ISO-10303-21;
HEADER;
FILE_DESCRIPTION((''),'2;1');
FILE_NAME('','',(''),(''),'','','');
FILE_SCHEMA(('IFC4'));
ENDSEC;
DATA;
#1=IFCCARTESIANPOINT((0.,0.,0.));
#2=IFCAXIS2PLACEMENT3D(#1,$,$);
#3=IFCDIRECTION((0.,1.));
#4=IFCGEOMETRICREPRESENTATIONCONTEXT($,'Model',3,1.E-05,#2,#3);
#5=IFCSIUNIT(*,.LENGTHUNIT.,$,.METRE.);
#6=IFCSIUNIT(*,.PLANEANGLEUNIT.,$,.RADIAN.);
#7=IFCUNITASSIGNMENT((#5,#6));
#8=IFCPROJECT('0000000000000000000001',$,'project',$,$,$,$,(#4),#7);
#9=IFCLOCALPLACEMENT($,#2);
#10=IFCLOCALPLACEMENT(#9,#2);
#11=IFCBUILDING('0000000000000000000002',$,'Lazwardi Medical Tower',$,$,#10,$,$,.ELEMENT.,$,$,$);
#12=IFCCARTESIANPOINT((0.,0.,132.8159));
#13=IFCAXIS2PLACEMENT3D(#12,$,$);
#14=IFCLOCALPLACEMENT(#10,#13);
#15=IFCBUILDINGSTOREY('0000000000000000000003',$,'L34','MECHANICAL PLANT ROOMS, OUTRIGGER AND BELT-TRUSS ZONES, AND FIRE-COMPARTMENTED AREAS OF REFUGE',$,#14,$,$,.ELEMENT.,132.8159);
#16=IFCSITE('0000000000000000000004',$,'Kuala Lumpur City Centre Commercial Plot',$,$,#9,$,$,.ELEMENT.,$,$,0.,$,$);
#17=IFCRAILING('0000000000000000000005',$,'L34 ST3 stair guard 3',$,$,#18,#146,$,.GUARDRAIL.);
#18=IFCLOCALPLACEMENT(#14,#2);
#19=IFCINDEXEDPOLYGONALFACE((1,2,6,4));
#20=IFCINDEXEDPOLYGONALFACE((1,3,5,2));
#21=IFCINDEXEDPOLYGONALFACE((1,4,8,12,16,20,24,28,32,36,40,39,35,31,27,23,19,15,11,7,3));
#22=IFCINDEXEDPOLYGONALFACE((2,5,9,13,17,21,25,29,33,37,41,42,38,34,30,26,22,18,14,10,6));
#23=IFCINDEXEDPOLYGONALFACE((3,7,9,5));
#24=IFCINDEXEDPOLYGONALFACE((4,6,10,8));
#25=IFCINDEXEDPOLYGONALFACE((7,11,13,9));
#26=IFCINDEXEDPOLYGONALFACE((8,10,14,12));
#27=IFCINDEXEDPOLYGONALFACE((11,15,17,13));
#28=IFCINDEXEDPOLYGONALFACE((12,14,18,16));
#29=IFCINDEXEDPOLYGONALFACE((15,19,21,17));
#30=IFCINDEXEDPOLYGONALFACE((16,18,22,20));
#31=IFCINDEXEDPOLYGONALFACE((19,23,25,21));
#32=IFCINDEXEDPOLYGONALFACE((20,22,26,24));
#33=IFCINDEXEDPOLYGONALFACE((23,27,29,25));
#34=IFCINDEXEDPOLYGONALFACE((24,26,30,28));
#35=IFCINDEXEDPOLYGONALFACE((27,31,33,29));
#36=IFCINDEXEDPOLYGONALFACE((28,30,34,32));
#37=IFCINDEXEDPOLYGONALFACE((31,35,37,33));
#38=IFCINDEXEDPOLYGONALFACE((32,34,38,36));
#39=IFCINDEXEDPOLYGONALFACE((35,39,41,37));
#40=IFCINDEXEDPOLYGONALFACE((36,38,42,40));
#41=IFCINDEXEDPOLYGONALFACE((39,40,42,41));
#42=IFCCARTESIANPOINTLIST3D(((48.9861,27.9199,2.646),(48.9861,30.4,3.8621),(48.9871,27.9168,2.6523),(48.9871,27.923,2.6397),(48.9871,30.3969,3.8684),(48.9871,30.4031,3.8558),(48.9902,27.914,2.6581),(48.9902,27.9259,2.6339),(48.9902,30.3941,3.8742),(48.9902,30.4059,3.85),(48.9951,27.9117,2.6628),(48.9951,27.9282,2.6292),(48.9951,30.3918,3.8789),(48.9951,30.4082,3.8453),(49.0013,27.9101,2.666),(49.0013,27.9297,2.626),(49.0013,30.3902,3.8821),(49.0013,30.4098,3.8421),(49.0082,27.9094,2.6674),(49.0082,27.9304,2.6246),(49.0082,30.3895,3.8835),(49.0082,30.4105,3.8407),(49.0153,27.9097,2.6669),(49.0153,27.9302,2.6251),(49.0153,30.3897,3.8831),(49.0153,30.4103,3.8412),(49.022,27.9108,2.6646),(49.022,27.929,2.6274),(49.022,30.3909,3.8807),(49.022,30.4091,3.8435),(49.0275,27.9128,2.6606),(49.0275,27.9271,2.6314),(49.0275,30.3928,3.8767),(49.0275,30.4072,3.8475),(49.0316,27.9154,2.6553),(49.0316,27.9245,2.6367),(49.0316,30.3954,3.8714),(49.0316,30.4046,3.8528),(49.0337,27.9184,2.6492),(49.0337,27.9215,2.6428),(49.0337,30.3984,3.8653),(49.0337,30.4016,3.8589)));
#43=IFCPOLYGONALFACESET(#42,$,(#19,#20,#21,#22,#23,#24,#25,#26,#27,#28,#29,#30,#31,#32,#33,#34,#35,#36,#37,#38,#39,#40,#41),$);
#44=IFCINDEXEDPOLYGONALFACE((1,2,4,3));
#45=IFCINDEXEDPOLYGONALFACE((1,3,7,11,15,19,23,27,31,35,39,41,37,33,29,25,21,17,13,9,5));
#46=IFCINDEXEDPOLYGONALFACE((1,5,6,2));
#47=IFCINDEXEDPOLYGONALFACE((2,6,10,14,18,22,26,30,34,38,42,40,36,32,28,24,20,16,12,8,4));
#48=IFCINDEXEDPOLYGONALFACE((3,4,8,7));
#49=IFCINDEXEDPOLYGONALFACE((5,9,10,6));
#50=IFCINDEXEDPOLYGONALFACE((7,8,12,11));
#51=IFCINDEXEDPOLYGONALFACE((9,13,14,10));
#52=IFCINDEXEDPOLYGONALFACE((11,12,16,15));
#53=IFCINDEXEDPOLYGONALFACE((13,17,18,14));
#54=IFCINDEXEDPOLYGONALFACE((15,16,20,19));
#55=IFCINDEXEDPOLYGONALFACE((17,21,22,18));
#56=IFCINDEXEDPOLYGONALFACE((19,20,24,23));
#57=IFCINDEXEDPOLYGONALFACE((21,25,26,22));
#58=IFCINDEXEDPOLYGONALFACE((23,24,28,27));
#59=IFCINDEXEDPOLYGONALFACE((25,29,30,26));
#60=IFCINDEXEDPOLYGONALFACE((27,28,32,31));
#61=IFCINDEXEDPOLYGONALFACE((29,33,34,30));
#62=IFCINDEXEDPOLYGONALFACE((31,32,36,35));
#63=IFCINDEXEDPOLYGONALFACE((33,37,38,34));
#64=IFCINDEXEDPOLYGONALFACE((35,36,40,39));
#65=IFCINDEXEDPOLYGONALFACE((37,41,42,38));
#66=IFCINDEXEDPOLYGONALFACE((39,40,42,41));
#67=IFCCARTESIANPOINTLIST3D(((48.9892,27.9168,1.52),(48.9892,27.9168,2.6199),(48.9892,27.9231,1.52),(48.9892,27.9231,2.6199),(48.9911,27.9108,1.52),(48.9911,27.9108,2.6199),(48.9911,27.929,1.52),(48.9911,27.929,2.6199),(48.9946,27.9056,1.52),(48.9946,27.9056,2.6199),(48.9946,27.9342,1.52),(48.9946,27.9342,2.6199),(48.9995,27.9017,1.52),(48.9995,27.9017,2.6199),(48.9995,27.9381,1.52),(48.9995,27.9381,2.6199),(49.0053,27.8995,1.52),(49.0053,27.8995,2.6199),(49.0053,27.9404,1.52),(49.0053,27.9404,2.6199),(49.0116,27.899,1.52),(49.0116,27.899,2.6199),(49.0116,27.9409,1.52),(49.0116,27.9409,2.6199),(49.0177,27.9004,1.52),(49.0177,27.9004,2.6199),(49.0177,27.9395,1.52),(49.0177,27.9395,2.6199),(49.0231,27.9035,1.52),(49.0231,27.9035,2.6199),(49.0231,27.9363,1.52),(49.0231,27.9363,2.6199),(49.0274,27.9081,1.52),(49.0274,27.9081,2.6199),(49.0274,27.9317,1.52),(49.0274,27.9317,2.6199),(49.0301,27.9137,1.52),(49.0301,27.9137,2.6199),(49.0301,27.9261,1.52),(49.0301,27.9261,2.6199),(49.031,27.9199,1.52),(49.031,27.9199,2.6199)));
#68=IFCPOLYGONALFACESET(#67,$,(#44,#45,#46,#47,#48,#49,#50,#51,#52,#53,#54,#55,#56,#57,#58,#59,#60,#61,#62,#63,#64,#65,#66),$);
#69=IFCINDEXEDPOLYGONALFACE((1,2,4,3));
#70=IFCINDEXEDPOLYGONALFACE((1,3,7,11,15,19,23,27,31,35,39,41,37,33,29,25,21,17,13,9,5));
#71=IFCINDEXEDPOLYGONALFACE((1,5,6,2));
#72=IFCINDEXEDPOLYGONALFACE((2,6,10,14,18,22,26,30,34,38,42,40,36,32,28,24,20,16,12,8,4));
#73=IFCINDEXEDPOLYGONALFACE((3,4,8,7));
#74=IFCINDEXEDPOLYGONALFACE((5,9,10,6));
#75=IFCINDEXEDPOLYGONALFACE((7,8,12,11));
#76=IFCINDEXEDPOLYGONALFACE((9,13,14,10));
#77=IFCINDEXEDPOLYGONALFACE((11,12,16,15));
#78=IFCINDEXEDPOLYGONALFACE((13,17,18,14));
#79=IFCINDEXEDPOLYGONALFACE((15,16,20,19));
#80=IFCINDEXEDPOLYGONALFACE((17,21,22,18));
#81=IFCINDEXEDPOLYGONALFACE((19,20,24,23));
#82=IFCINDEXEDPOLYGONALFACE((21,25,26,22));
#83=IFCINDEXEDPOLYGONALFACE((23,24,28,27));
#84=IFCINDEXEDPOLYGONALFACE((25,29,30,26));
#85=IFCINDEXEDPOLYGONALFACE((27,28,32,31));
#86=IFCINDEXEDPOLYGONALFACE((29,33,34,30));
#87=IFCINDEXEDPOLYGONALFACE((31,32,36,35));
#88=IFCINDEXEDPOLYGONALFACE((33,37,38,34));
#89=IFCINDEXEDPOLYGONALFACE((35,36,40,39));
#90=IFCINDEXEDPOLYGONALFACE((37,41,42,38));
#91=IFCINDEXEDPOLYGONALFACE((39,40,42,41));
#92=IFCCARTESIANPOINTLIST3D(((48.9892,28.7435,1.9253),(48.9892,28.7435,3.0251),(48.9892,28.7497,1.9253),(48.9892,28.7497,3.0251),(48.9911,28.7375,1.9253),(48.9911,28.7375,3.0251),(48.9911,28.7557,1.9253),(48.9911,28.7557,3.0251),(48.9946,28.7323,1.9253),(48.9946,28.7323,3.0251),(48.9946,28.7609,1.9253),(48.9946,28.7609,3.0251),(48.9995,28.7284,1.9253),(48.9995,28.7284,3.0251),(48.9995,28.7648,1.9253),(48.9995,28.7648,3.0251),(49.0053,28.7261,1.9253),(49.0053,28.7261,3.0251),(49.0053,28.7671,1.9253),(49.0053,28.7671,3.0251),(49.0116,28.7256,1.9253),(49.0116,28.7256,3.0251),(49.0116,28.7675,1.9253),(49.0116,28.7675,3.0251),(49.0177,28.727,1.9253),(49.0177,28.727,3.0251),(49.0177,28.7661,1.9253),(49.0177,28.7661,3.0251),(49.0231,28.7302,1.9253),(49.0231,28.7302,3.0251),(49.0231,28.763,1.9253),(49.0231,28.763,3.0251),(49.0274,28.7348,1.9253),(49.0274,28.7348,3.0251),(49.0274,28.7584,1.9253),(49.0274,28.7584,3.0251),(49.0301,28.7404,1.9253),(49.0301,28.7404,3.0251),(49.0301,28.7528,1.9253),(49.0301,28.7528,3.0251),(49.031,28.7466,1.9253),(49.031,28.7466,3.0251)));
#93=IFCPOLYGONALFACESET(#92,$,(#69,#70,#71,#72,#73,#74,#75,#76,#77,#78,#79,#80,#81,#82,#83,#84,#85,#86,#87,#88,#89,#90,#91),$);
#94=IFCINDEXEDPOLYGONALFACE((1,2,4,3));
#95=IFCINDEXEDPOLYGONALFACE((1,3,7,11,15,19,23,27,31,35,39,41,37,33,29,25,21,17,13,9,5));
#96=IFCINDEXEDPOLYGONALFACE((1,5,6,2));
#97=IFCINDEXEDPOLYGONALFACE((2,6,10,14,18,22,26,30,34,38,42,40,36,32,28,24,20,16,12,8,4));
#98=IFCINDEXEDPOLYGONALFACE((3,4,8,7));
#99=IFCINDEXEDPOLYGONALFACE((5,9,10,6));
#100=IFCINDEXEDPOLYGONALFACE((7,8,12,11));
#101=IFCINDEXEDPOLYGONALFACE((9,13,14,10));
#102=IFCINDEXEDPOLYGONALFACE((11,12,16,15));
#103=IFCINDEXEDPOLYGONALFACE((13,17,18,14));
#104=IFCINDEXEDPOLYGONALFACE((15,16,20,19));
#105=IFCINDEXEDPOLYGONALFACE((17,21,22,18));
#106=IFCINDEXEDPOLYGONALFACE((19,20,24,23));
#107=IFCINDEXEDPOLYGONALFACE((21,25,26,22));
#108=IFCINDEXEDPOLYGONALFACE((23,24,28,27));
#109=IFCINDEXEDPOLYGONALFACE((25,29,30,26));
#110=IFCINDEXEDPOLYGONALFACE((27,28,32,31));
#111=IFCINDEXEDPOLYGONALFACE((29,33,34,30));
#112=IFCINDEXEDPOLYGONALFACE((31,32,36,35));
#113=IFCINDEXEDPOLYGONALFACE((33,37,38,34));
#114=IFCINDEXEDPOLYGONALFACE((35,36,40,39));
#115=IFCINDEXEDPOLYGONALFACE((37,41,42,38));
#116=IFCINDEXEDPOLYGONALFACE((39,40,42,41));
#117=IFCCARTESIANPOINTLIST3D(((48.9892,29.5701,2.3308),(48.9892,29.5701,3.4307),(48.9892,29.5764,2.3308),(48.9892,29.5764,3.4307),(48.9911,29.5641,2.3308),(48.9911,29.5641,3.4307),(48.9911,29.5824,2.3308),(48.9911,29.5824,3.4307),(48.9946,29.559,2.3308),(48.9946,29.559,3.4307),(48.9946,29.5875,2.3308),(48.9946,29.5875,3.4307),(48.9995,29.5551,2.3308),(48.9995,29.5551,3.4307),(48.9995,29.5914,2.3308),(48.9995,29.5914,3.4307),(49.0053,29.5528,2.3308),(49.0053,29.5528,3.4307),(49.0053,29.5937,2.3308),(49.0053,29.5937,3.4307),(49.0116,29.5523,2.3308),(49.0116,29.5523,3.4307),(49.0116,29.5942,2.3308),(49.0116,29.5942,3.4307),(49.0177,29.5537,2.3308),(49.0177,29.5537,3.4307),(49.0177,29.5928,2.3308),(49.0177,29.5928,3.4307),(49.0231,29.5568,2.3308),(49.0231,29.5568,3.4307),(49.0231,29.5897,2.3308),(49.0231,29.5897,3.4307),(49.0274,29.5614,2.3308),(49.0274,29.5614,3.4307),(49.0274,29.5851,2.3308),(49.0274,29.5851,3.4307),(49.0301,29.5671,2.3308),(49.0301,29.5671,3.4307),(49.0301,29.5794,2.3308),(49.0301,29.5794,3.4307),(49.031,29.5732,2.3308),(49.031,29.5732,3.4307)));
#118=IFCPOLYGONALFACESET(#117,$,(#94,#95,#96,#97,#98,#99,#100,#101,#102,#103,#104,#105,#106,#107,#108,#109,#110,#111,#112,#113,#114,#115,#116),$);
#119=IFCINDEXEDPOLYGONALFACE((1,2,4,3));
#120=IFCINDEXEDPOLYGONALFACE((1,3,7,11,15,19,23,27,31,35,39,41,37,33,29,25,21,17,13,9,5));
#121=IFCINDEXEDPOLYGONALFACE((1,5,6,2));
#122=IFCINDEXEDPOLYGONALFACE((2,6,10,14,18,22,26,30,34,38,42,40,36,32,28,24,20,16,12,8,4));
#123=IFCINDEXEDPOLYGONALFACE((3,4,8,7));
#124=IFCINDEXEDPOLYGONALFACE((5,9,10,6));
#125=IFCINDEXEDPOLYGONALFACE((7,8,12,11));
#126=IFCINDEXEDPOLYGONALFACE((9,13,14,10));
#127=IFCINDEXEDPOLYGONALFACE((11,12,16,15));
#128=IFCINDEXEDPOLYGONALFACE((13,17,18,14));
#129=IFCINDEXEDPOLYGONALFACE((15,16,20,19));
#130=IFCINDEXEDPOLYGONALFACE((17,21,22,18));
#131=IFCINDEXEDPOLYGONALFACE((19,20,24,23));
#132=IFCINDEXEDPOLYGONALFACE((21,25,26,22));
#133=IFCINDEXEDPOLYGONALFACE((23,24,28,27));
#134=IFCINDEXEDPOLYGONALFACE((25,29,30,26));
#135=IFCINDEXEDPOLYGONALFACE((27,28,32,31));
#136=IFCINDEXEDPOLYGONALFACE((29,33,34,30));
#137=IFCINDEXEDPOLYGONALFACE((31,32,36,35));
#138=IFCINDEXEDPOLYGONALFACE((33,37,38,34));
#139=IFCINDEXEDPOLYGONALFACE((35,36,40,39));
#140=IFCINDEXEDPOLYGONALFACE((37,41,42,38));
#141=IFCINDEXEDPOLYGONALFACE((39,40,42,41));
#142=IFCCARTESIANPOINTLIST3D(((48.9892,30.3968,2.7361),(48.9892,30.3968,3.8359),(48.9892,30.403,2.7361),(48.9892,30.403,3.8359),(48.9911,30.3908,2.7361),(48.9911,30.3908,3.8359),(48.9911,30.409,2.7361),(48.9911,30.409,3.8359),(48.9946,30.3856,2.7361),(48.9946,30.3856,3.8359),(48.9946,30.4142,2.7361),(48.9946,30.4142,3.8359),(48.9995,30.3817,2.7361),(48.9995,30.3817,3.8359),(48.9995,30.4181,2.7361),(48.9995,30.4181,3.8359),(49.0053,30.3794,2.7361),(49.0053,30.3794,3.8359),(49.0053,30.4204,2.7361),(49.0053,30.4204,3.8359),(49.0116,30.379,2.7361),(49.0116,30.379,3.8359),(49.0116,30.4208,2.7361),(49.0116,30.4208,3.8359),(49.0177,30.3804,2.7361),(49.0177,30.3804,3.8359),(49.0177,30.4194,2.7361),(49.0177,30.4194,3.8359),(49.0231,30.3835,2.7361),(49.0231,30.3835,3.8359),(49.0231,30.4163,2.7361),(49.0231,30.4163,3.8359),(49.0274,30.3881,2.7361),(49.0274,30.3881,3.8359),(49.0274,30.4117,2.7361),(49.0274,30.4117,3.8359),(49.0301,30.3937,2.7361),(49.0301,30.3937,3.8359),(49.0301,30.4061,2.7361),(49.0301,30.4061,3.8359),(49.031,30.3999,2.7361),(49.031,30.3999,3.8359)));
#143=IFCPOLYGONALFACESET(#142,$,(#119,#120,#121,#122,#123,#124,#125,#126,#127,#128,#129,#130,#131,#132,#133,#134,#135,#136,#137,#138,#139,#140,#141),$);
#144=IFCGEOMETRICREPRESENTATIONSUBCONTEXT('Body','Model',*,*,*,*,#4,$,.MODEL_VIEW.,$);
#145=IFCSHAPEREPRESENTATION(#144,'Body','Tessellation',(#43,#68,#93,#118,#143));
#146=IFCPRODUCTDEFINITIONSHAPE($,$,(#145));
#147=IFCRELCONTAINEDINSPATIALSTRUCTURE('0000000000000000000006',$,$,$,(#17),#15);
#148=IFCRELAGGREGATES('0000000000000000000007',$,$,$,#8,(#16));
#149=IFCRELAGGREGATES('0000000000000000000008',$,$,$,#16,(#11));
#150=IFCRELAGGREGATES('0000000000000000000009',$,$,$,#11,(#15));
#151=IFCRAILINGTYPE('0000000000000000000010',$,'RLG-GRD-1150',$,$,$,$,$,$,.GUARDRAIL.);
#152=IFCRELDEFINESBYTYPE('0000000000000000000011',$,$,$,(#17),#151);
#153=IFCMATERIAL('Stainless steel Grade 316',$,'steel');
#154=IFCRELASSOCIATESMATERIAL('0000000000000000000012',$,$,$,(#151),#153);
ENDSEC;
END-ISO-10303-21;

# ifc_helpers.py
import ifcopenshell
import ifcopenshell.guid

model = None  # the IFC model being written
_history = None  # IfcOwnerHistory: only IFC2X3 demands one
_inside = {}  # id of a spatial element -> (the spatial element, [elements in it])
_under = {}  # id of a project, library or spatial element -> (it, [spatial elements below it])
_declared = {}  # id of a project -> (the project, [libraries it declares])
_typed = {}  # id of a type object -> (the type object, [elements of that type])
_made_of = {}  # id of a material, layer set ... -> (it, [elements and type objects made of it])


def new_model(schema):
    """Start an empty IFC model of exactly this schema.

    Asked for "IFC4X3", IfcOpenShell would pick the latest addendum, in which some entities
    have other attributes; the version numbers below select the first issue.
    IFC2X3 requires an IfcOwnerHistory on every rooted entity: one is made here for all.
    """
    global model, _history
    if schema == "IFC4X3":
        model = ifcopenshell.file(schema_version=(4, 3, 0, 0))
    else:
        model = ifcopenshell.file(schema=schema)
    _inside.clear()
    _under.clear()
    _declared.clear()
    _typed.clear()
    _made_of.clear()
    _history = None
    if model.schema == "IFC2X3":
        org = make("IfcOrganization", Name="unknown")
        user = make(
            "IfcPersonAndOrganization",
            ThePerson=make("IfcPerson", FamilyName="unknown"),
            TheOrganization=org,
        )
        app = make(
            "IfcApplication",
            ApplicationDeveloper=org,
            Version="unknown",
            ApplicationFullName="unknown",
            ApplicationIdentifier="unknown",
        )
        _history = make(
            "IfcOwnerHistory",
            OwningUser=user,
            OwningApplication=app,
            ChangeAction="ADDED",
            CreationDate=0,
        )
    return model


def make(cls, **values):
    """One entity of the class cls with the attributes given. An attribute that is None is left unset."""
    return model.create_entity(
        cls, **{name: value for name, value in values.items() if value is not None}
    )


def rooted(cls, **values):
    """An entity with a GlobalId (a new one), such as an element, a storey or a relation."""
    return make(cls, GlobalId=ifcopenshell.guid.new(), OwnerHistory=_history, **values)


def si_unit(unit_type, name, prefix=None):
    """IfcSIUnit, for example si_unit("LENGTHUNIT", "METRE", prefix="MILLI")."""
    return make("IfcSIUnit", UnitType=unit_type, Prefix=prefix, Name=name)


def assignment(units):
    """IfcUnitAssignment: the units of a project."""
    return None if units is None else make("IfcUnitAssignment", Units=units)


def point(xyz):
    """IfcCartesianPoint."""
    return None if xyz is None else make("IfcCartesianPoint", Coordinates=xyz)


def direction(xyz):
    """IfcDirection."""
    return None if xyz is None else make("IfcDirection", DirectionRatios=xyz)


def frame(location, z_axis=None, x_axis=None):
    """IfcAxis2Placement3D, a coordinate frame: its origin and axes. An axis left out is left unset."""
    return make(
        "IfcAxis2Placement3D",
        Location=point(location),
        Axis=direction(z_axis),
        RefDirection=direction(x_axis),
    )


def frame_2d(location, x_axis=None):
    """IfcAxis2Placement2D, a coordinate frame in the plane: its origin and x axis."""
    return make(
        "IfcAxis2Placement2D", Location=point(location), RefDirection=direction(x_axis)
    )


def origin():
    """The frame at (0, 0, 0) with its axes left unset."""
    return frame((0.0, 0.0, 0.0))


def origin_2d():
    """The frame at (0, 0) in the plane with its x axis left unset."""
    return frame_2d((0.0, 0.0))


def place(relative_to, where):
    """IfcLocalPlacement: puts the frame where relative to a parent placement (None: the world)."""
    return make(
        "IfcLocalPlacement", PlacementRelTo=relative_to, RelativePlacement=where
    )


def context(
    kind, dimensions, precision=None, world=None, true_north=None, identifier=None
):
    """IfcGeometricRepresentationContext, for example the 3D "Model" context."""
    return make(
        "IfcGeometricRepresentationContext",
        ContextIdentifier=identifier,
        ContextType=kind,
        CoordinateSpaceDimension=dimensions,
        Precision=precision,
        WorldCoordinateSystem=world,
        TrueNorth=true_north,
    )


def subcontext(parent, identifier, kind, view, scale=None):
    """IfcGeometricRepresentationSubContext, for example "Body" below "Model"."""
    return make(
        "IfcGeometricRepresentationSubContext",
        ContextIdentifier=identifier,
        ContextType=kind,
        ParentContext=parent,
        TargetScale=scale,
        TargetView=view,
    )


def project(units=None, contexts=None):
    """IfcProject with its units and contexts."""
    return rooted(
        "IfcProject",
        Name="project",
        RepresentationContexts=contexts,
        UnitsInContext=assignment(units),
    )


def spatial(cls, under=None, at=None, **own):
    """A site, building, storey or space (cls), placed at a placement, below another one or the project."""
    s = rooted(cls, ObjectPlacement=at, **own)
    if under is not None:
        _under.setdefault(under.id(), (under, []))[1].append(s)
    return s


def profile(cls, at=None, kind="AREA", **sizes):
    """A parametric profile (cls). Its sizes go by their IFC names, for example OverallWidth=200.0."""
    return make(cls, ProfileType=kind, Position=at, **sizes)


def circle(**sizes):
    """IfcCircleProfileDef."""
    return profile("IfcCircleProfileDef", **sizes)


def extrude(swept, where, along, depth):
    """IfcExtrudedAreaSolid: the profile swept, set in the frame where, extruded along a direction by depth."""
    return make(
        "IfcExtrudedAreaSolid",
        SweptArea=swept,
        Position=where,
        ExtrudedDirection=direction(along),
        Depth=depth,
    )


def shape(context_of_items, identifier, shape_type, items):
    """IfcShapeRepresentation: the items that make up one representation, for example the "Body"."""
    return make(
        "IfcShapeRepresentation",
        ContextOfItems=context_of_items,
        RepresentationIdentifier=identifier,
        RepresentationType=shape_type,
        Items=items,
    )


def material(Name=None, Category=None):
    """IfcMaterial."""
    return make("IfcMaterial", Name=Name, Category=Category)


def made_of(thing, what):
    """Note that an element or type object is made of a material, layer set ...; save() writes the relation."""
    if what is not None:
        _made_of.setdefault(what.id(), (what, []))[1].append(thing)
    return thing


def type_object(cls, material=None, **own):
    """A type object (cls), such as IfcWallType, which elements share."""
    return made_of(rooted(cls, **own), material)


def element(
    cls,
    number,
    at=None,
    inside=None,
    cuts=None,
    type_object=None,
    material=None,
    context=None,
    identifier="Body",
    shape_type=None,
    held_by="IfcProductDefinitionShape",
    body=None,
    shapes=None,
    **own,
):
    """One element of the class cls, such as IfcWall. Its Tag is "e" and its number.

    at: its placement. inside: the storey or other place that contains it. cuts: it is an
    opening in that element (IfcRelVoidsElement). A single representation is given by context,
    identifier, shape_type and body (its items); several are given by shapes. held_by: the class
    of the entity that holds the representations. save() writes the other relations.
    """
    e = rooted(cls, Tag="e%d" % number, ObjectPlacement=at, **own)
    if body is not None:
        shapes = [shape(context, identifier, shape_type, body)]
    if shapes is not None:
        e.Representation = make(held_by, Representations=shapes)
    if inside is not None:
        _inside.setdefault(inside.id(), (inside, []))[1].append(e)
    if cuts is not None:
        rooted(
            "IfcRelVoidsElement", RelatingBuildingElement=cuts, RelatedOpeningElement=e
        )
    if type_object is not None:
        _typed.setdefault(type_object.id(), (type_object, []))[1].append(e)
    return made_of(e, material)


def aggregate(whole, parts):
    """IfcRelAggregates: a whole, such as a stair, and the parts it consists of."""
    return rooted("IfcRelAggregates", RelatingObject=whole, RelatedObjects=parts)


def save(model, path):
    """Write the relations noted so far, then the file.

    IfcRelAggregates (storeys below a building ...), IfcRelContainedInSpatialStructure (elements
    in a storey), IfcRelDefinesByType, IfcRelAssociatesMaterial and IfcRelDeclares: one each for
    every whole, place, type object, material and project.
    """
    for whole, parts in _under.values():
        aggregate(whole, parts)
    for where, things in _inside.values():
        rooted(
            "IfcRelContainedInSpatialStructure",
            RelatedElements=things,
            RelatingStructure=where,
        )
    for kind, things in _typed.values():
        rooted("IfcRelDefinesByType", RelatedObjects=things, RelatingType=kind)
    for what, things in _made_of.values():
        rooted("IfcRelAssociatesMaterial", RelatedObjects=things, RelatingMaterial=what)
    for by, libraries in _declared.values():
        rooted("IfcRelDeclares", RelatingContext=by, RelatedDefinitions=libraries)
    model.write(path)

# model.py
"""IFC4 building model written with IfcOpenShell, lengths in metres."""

from ifc_helpers import new_model, si_unit, direction, frame, origin, origin_2d, place, context, subcontext, project, spatial, circle, extrude, material, type_object, element, save


model = new_model("IFC4")

# Units and contexts
model_context = context("Model", 3, precision=1e-05, world=origin(), true_north=direction((0.0, 1.0)))
body_context = subcontext(model_context, "Body", "Model", "MODEL_VIEW")
ifc_project = project(units=[si_unit("LENGTHUNIT", "METRE"), si_unit("PLANEANGLEUNIT", "RADIAN")], contexts=[model_context])

# Site, building, storey
site_placement = place(None, origin())
site = spatial("IfcSite", under=ifc_project, at=site_placement, Name="Kuala Lumpur City Centre Commercial Plot", CompositionType="ELEMENT", RefElevation=0.0)
building_placement = place(site_placement, origin())
building = spatial("IfcBuilding", under=site, at=building_placement, Name="Lazwardi Medical Tower", CompositionType="ELEMENT")
storey_placement = place(building_placement, frame((0.0, 0.0, 132.8159)))
storey = spatial("IfcBuildingStorey", under=building, at=storey_placement, Name="L34", Description="MECHANICAL PLANT ROOMS, OUTRIGGER AND BELT-TRUSS ZONES, AND FIRE-COMPARTMENTED AREAS OF REFUGE", CompositionType="ELEMENT", Elevation=132.8159)

# Railing
ifc_material_1 = material(Name="Stainless steel Grade 316", Category="steel")
railing_type_1 = type_object("IfcRailingType", Name="RLG-GRD-1150", PredefinedType="GUARDRAIL", material=ifc_material_1)
railing_1_placement = place(storey_placement, frame((49.01, 27.9199, 1.52)))
element("IfcRailing", 1, at=railing_1_placement, inside=storey, type_object=railing_type_1, Name="L34 ST3 stair guard 3", PredefinedType="GUARDRAIL", context=body_context, shape_type="SweptSolid", body=[
    extrude(circle(Radius=0.0239, at=origin_2d()), frame((0.0, 0.0, 1.126), z_axis=(0.0, 0.897865, 0.44027), x_axis=(-1.0, 0.0, 0.0)), (0.0, 0.0, 1.0), 2.7622),
    extrude(circle(Radius=0.021, at=origin_2d()), origin(), (0.0, 0.0, 1.0), 1.0999),
    extrude(circle(Radius=0.021, at=origin_2d()), frame((0.0, 0.8267, 0.4053)), (0.0, 0.0, 1.0), 1.0999),
    extrude(circle(Radius=0.021, at=origin_2d()), frame((0.0, 1.6533, 0.8108)), (0.0, 0.0, 1.0), 1.0999),
    extrude(circle(Radius=0.021, at=origin_2d()), frame((0.0, 2.48, 1.2161)), (0.0, 0.0, 1.0), 1.0999),
])

save(model, "model.ifc")
